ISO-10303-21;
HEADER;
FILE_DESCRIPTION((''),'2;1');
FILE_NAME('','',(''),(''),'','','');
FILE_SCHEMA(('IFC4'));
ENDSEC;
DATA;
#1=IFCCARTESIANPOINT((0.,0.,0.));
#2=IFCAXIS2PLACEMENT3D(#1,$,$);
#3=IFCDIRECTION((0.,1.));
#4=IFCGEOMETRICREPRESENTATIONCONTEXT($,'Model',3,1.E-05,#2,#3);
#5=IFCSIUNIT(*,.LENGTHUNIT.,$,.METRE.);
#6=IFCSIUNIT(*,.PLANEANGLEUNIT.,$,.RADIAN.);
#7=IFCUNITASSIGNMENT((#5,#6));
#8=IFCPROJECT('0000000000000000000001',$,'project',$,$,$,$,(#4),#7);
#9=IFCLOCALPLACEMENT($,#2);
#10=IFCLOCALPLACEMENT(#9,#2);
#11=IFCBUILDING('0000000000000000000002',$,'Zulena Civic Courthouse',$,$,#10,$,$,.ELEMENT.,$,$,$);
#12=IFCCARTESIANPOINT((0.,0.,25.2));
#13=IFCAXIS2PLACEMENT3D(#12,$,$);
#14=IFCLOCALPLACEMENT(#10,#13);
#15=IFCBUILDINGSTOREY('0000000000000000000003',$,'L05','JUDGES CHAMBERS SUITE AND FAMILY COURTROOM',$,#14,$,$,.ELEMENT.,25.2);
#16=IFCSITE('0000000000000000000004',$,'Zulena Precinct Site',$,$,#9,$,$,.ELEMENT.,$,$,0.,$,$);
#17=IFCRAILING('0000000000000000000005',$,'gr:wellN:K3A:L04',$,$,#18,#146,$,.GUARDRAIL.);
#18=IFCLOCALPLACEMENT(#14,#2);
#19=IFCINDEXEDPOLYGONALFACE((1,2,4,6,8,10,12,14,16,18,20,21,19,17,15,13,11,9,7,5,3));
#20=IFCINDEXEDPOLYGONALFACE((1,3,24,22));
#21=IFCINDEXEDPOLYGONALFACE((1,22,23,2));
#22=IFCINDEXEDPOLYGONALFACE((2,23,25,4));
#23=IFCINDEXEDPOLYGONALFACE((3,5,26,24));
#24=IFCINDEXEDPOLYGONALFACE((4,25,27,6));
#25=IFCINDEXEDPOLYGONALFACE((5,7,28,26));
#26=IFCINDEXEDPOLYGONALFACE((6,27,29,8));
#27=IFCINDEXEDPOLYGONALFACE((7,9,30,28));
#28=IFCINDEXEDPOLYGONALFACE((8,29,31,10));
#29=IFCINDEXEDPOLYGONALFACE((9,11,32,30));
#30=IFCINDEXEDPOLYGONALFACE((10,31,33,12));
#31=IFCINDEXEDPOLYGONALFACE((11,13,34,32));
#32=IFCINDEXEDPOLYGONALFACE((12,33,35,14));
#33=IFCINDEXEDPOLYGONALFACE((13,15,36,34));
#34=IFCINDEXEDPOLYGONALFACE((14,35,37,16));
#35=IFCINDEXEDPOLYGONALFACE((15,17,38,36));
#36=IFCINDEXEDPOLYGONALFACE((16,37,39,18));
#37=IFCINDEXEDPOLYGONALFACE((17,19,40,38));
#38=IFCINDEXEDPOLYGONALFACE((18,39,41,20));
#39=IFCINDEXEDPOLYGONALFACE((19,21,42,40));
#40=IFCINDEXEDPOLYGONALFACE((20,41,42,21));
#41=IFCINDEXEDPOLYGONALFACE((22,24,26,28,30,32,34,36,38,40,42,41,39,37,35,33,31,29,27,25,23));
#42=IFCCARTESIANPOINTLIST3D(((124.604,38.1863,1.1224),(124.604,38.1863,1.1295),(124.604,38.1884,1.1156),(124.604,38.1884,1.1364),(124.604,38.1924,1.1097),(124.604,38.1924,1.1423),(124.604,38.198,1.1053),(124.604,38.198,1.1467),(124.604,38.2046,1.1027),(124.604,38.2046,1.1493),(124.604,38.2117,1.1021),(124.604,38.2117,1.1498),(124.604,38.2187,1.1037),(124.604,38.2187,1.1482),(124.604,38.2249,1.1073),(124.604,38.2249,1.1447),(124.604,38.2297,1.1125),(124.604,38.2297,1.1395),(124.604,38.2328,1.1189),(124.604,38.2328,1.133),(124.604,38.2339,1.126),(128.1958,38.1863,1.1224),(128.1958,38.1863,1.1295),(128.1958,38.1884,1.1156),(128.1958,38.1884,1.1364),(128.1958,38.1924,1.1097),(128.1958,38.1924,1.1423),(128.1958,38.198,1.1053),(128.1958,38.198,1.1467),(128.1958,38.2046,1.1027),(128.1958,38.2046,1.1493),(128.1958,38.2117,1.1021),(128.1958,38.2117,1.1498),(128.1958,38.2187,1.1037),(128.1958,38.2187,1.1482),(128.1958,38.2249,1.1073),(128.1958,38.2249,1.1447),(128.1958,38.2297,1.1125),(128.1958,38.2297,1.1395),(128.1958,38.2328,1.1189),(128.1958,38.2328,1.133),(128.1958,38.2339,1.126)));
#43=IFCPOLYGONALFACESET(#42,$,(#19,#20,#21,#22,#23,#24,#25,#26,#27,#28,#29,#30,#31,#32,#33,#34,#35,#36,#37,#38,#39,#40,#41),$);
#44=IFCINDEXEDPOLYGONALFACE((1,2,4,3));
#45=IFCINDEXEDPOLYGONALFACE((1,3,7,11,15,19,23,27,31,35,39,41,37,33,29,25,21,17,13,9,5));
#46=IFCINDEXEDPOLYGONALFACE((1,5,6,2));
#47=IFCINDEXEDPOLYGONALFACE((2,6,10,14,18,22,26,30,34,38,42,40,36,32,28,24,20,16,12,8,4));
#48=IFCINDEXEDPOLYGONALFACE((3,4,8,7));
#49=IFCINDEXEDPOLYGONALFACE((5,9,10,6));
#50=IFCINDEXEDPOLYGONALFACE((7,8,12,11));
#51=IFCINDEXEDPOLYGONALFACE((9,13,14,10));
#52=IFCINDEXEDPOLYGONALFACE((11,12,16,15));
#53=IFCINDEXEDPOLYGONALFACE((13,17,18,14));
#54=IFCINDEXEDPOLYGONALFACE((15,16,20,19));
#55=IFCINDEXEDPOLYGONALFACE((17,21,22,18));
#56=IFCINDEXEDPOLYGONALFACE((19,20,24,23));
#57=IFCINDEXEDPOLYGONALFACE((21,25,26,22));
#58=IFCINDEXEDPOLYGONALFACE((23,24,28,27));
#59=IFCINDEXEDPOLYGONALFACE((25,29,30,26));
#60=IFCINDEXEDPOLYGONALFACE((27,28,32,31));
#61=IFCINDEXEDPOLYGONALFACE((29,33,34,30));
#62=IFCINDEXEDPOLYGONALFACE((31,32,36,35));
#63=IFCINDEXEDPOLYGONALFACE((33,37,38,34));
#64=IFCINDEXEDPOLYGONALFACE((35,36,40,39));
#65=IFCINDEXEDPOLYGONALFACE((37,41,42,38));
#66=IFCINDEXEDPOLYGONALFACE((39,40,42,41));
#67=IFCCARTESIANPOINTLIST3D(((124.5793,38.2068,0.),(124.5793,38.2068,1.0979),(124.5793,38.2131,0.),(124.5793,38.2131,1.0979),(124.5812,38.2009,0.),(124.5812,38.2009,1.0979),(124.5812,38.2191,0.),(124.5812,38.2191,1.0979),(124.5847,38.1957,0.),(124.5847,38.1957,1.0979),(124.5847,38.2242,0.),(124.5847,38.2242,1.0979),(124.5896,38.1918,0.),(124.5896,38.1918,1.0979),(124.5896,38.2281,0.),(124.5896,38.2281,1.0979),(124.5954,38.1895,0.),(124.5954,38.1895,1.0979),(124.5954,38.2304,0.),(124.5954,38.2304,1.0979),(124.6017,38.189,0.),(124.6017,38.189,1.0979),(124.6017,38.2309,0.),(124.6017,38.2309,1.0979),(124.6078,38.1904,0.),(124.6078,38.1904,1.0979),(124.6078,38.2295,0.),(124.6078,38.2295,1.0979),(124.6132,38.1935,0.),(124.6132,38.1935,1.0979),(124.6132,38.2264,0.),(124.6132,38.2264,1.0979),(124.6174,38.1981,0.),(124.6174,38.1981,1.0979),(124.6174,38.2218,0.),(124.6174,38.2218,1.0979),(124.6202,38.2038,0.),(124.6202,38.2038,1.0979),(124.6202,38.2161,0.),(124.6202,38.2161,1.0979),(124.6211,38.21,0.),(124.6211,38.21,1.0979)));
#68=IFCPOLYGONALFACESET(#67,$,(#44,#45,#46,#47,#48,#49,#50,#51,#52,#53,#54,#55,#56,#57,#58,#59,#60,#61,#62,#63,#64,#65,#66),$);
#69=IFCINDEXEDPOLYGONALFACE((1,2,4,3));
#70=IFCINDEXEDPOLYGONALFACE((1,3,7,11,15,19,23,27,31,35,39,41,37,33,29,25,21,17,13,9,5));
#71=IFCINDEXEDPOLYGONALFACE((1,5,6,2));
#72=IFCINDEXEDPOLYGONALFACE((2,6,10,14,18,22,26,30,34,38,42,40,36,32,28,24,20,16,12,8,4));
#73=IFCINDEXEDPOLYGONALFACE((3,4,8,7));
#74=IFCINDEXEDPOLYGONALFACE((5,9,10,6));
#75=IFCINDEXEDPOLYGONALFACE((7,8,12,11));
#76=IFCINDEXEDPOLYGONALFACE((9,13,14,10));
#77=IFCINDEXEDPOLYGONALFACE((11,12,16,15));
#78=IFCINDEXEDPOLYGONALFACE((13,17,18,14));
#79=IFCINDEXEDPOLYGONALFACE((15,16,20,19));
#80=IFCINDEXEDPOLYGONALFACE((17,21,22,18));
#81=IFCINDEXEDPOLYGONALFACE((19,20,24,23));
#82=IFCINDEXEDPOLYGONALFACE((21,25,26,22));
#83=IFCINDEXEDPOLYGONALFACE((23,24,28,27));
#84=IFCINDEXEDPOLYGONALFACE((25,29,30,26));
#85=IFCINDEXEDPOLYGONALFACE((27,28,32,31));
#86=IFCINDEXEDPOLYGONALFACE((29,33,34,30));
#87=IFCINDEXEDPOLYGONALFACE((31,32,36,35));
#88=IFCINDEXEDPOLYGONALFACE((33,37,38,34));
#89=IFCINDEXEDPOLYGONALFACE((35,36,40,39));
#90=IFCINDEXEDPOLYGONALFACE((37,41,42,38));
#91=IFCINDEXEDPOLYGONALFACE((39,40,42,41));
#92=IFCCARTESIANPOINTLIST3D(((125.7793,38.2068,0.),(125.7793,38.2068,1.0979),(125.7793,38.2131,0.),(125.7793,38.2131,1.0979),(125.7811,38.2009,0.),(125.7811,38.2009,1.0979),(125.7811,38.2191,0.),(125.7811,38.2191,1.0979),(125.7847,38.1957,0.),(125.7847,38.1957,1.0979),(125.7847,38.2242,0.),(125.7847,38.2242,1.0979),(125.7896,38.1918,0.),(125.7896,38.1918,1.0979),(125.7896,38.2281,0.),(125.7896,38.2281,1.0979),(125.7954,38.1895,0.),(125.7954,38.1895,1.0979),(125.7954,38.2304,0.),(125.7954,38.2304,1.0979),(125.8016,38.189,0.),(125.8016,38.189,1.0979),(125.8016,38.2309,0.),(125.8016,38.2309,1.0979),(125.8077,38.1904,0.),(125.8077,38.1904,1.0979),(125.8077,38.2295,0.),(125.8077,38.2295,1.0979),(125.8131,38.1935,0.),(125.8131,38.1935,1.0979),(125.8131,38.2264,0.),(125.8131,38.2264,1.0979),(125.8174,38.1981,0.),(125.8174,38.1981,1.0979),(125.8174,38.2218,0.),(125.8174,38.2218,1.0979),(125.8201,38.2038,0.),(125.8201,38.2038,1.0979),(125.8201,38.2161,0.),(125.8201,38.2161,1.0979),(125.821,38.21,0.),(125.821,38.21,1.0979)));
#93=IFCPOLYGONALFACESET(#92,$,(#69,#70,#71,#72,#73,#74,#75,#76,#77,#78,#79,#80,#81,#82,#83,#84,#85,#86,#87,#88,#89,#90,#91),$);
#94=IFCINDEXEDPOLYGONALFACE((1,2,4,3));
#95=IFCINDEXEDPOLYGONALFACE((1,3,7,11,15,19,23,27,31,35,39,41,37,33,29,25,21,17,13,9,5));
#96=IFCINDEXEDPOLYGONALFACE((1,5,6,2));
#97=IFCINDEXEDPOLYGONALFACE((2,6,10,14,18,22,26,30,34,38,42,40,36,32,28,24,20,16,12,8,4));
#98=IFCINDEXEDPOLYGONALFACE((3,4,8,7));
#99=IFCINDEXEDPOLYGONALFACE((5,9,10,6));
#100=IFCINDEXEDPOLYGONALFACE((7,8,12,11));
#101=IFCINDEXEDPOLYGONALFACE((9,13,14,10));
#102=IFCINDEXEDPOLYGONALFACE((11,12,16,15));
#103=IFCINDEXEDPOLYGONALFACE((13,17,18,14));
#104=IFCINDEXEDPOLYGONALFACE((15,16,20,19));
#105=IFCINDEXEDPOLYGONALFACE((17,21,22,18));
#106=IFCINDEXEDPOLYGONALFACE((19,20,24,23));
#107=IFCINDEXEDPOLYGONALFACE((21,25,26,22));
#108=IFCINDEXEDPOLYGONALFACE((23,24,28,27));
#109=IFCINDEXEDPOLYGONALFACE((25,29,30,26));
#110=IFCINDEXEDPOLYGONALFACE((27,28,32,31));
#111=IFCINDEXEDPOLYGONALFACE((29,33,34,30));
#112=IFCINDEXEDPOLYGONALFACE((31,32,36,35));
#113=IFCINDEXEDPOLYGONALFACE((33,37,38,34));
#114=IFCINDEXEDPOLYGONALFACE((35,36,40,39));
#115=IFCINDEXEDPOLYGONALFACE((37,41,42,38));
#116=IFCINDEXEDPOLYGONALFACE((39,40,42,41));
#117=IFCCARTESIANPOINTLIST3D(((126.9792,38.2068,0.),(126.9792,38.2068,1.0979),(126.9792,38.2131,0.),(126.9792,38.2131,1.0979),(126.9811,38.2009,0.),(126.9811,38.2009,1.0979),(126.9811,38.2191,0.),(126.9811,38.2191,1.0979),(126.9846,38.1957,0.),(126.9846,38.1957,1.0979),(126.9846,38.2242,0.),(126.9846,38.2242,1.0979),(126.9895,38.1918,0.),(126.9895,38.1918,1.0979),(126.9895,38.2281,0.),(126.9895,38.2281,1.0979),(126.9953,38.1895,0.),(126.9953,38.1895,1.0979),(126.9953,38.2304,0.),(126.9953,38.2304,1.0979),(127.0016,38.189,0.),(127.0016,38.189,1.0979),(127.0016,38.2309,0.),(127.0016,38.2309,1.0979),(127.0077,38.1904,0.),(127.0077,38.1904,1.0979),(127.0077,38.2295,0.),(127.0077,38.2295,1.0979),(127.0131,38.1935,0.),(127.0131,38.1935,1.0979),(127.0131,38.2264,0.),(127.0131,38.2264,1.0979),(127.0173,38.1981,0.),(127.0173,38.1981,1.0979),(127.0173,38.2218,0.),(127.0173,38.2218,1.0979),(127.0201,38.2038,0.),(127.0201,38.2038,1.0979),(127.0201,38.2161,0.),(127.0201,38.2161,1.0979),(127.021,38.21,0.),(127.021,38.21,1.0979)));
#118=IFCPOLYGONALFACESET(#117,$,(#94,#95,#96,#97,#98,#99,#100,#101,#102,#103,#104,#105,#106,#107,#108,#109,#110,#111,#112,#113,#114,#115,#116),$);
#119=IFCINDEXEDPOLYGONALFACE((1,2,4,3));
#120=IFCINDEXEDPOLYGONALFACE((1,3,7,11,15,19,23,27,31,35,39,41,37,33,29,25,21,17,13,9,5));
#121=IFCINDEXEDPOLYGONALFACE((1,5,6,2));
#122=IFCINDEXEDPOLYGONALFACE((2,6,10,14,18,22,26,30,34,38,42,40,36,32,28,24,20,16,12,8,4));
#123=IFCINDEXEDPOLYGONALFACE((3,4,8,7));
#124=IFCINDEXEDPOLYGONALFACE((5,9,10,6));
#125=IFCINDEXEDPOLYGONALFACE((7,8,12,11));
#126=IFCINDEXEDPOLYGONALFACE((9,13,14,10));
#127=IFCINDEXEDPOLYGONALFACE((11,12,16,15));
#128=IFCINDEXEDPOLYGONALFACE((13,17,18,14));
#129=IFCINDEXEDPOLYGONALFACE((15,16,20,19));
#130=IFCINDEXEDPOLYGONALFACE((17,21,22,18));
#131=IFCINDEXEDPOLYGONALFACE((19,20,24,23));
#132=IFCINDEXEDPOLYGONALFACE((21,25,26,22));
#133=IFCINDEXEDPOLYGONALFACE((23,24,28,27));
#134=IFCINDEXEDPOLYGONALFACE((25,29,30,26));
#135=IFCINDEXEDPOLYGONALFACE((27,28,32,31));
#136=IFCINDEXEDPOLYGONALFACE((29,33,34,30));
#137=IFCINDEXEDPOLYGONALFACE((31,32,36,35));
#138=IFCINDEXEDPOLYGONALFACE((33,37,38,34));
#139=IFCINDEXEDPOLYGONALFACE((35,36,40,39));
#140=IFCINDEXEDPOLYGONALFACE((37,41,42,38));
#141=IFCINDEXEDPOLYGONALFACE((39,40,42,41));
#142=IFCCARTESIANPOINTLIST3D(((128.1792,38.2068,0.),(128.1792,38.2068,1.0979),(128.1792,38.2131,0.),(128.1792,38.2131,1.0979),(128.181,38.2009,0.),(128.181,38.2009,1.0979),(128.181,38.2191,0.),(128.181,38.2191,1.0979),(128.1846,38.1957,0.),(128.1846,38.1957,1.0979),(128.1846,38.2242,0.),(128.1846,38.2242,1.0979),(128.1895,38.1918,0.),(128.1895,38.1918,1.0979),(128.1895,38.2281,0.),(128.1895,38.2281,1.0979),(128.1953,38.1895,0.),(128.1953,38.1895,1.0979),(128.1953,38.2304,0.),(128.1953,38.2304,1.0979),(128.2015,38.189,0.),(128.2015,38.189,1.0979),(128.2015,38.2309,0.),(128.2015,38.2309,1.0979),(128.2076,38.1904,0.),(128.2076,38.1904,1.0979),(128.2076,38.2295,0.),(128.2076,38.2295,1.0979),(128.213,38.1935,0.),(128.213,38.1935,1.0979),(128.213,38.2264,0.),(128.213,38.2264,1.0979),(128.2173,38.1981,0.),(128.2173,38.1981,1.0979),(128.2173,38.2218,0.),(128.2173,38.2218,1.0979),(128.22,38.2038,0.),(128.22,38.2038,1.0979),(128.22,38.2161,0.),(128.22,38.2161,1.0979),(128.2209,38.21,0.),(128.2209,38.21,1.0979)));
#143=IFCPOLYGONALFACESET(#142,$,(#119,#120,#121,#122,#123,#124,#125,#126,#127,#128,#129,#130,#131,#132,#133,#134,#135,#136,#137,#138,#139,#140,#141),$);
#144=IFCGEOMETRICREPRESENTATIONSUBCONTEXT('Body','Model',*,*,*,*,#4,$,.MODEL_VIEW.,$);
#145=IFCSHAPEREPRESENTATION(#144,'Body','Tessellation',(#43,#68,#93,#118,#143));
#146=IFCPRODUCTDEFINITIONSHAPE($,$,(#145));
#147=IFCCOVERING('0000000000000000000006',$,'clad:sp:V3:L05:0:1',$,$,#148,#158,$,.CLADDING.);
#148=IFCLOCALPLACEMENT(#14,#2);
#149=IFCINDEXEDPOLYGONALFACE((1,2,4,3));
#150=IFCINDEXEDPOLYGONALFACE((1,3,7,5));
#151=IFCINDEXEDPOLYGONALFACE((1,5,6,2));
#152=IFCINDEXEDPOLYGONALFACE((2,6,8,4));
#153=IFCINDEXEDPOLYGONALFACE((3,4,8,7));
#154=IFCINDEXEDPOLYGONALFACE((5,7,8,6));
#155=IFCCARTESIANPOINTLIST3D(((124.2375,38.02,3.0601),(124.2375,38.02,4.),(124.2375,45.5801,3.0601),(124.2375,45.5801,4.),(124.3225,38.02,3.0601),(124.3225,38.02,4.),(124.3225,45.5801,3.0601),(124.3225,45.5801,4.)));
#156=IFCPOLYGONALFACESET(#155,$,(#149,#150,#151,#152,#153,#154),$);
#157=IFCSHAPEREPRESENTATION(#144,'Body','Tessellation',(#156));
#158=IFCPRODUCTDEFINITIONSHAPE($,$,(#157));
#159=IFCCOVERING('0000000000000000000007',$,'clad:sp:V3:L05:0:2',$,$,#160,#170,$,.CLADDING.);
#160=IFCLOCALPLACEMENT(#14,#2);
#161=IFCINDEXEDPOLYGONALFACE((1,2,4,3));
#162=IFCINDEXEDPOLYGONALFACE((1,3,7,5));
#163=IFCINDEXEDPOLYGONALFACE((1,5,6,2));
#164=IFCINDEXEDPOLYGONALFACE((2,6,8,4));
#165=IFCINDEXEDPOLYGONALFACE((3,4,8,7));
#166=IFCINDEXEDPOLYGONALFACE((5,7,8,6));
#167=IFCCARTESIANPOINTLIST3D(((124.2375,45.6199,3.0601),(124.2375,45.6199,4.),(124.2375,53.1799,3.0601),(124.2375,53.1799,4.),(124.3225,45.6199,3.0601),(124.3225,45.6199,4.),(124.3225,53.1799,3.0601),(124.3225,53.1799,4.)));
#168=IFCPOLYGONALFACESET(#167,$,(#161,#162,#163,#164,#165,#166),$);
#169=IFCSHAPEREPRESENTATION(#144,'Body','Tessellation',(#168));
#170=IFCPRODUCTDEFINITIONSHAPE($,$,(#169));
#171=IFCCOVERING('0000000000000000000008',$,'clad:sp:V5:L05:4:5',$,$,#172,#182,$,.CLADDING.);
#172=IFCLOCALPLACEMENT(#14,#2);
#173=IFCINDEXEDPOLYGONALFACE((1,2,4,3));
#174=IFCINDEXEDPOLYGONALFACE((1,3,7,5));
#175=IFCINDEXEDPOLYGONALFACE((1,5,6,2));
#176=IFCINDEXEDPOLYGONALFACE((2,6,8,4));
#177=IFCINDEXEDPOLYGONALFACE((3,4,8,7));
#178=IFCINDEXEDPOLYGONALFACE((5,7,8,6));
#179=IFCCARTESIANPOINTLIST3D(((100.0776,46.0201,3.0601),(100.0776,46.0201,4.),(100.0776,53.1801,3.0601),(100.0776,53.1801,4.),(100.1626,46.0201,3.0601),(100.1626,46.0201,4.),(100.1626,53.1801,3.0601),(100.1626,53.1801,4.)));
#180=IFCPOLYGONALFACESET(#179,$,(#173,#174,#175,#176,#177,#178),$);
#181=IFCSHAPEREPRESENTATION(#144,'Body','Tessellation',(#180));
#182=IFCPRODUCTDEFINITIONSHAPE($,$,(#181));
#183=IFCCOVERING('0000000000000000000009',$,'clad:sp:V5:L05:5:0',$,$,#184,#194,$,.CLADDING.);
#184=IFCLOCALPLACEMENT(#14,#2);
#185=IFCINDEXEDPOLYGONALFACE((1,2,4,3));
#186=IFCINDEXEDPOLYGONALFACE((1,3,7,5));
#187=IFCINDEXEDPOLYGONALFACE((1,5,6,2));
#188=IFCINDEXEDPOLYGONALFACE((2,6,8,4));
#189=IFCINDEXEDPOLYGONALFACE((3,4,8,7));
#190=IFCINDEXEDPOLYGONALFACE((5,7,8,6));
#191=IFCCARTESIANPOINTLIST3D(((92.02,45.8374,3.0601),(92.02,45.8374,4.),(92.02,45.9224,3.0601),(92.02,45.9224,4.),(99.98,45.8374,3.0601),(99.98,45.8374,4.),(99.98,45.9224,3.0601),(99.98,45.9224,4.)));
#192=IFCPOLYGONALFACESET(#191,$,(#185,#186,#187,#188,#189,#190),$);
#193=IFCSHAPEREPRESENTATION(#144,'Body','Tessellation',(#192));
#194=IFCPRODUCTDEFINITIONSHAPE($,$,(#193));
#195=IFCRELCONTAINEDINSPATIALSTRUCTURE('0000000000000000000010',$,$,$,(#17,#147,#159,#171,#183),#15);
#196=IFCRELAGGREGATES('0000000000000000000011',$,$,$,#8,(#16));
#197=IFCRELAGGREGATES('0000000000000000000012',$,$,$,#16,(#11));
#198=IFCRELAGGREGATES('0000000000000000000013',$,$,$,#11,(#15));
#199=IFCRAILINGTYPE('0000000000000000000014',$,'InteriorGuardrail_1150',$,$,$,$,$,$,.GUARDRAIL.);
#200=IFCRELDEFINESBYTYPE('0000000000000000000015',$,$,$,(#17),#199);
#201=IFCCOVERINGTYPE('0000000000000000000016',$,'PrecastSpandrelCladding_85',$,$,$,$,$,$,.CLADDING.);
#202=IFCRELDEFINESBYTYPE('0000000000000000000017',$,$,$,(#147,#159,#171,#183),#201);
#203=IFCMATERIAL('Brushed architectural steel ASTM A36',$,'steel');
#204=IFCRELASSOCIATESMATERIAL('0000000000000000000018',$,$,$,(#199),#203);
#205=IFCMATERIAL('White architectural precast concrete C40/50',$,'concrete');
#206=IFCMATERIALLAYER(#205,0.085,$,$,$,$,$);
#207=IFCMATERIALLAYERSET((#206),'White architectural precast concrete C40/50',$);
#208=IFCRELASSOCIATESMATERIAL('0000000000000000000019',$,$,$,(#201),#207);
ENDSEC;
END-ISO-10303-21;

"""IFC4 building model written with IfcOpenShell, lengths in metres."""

from ifc_helpers import new_model, si_unit, direction, frame, origin, origin_2d, place, context, subcontext, project, spatial, rectangle, circle, extrude, material, layer, layer_set, type_object, element, save


model = new_model("IFC4")

# Units and contexts
model_context = context("Model", 3, precision=1e-05, world=origin(), true_north=direction((0.0, 1.0)))
body_context = subcontext(model_context, "Body", "Model", "MODEL_VIEW")
ifc_project = project(units=[si_unit("LENGTHUNIT", "METRE"), si_unit("PLANEANGLEUNIT", "RADIAN")], contexts=[model_context])

# Site, building, storey
site_placement = place(None, origin())
site = spatial("IfcSite", under=ifc_project, at=site_placement, Name="Zulena Precinct Site", CompositionType="ELEMENT", RefElevation=0.0)
building_placement = place(site_placement, origin())
building = spatial("IfcBuilding", under=site, at=building_placement, Name="Zulena Civic Courthouse", CompositionType="ELEMENT")
storey_placement = place(building_placement, frame((0.0, 0.0, 25.2)))
storey = spatial("IfcBuildingStorey", under=building, at=storey_placement, Name="L05", Description="JUDGES CHAMBERS SUITE AND FAMILY COURTROOM", CompositionType="ELEMENT", Elevation=25.2)

# Railing
ifc_material_1 = material(Name="Brushed architectural steel ASTM A36", Category="steel")
railing_type = type_object("IfcRailingType", Name="InteriorGuardrail_1150", PredefinedType="GUARDRAIL", material=ifc_material_1)
railing_1_placement = place(storey_placement, frame((124.6001, 38.21, 0.0)))
element("IfcRailing", 1, at=railing_1_placement, inside=storey, type_object=railing_type, Name="gr:wellN:K3A:L04", PredefinedType="GUARDRAIL", context=body_context, shape_type="SweptSolid", body=[
    extrude(circle(Radius=0.0239, at=origin_2d()), frame((0.0039, 0.0, 1.126), z_axis=(1.0, 0.0, 0.0), x_axis=(0.0, 1.0, 0.0)), (0.0, 0.0, 1.0), 3.5918),
    extrude(circle(Radius=0.021, at=origin_2d()), origin(), (0.0, 0.0, 1.0), 1.0979),
    extrude(circle(Radius=0.021, at=origin_2d()), frame((1.2, 0.0, 0.0)), (0.0, 0.0, 1.0), 1.0979),
    extrude(circle(Radius=0.021, at=origin_2d()), frame((2.3999, 0.0, 0.0)), (0.0, 0.0, 1.0), 1.0979),
    extrude(circle(Radius=0.021, at=origin_2d()), frame((3.5999, 0.0, 0.0)), (0.0, 0.0, 1.0), 1.0979),
])

# Coverings
ifc_material_2 = material(Name="White architectural precast concrete C40/50", Category="concrete")
ifc_layer_1 = layer(ifc_material_2, 0.085)
ifc_layer_set_1 = layer_set([ifc_layer_1], Name="White architectural precast concrete C40/50")
covering_type = type_object("IfcCoveringType", Name="PrecastSpandrelCladding_85", PredefinedType="CLADDING", material=ifc_layer_set_1)
for number, where, z_axis, x_axis, name in (
    (2, (124.28, 41.8, 3.0601), (0.0, 0.0, 1.0), (0.0, 1.0, 0.0), "clad:sp:V3:L05:0:1"),
    (3, (124.28, 49.3999, 3.0601), (0.0, 0.0, 1.0), (0.0, 1.0, 0.0), "clad:sp:V3:L05:0:2"),
):
    element("IfcCovering", number, at=place(storey_placement, frame(where, z_axis=z_axis, x_axis=x_axis)), inside=storey, type_object=covering_type, Name=name, PredefinedType="CLADDING", context=body_context, shape_type="SweptSolid", body=[
        extrude(rectangle(XDim=7.5601, YDim=0.085, at=origin_2d()), origin(), (0.0, 0.0, 1.0), 0.9399),
    ])
covering_1_placement = place(storey_placement, frame((100.1201, 49.6001, 3.0601), z_axis=(0.0, 0.0, 1.0), x_axis=(0.0, -1.0, 0.0)))
element("IfcCovering", 4, at=covering_1_placement, inside=storey, type_object=covering_type, Name="clad:sp:V5:L05:4:5", PredefinedType="CLADDING", context=body_context, shape_type="SweptSolid", body=[
    extrude(rectangle(XDim=7.1599, YDim=0.085, at=origin_2d()), origin(), (0.0, 0.0, 1.0), 0.9399),
])
covering_2_placement = place(storey_placement, frame((96.0, 45.8799, 3.0601), z_axis=(0.0, 0.0, 1.0), x_axis=(-1.0, 0.0, 0.0)))
element("IfcCovering", 5, at=covering_2_placement, inside=storey, type_object=covering_type, Name="clad:sp:V5:L05:5:0", PredefinedType="CLADDING", context=body_context, shape_type="SweptSolid", body=[
    extrude(rectangle(XDim=7.96, YDim=0.085, at=origin_2d()), origin(), (0.0, 0.0, 1.0), 0.9399),
])

save(model, "model.ifc")
